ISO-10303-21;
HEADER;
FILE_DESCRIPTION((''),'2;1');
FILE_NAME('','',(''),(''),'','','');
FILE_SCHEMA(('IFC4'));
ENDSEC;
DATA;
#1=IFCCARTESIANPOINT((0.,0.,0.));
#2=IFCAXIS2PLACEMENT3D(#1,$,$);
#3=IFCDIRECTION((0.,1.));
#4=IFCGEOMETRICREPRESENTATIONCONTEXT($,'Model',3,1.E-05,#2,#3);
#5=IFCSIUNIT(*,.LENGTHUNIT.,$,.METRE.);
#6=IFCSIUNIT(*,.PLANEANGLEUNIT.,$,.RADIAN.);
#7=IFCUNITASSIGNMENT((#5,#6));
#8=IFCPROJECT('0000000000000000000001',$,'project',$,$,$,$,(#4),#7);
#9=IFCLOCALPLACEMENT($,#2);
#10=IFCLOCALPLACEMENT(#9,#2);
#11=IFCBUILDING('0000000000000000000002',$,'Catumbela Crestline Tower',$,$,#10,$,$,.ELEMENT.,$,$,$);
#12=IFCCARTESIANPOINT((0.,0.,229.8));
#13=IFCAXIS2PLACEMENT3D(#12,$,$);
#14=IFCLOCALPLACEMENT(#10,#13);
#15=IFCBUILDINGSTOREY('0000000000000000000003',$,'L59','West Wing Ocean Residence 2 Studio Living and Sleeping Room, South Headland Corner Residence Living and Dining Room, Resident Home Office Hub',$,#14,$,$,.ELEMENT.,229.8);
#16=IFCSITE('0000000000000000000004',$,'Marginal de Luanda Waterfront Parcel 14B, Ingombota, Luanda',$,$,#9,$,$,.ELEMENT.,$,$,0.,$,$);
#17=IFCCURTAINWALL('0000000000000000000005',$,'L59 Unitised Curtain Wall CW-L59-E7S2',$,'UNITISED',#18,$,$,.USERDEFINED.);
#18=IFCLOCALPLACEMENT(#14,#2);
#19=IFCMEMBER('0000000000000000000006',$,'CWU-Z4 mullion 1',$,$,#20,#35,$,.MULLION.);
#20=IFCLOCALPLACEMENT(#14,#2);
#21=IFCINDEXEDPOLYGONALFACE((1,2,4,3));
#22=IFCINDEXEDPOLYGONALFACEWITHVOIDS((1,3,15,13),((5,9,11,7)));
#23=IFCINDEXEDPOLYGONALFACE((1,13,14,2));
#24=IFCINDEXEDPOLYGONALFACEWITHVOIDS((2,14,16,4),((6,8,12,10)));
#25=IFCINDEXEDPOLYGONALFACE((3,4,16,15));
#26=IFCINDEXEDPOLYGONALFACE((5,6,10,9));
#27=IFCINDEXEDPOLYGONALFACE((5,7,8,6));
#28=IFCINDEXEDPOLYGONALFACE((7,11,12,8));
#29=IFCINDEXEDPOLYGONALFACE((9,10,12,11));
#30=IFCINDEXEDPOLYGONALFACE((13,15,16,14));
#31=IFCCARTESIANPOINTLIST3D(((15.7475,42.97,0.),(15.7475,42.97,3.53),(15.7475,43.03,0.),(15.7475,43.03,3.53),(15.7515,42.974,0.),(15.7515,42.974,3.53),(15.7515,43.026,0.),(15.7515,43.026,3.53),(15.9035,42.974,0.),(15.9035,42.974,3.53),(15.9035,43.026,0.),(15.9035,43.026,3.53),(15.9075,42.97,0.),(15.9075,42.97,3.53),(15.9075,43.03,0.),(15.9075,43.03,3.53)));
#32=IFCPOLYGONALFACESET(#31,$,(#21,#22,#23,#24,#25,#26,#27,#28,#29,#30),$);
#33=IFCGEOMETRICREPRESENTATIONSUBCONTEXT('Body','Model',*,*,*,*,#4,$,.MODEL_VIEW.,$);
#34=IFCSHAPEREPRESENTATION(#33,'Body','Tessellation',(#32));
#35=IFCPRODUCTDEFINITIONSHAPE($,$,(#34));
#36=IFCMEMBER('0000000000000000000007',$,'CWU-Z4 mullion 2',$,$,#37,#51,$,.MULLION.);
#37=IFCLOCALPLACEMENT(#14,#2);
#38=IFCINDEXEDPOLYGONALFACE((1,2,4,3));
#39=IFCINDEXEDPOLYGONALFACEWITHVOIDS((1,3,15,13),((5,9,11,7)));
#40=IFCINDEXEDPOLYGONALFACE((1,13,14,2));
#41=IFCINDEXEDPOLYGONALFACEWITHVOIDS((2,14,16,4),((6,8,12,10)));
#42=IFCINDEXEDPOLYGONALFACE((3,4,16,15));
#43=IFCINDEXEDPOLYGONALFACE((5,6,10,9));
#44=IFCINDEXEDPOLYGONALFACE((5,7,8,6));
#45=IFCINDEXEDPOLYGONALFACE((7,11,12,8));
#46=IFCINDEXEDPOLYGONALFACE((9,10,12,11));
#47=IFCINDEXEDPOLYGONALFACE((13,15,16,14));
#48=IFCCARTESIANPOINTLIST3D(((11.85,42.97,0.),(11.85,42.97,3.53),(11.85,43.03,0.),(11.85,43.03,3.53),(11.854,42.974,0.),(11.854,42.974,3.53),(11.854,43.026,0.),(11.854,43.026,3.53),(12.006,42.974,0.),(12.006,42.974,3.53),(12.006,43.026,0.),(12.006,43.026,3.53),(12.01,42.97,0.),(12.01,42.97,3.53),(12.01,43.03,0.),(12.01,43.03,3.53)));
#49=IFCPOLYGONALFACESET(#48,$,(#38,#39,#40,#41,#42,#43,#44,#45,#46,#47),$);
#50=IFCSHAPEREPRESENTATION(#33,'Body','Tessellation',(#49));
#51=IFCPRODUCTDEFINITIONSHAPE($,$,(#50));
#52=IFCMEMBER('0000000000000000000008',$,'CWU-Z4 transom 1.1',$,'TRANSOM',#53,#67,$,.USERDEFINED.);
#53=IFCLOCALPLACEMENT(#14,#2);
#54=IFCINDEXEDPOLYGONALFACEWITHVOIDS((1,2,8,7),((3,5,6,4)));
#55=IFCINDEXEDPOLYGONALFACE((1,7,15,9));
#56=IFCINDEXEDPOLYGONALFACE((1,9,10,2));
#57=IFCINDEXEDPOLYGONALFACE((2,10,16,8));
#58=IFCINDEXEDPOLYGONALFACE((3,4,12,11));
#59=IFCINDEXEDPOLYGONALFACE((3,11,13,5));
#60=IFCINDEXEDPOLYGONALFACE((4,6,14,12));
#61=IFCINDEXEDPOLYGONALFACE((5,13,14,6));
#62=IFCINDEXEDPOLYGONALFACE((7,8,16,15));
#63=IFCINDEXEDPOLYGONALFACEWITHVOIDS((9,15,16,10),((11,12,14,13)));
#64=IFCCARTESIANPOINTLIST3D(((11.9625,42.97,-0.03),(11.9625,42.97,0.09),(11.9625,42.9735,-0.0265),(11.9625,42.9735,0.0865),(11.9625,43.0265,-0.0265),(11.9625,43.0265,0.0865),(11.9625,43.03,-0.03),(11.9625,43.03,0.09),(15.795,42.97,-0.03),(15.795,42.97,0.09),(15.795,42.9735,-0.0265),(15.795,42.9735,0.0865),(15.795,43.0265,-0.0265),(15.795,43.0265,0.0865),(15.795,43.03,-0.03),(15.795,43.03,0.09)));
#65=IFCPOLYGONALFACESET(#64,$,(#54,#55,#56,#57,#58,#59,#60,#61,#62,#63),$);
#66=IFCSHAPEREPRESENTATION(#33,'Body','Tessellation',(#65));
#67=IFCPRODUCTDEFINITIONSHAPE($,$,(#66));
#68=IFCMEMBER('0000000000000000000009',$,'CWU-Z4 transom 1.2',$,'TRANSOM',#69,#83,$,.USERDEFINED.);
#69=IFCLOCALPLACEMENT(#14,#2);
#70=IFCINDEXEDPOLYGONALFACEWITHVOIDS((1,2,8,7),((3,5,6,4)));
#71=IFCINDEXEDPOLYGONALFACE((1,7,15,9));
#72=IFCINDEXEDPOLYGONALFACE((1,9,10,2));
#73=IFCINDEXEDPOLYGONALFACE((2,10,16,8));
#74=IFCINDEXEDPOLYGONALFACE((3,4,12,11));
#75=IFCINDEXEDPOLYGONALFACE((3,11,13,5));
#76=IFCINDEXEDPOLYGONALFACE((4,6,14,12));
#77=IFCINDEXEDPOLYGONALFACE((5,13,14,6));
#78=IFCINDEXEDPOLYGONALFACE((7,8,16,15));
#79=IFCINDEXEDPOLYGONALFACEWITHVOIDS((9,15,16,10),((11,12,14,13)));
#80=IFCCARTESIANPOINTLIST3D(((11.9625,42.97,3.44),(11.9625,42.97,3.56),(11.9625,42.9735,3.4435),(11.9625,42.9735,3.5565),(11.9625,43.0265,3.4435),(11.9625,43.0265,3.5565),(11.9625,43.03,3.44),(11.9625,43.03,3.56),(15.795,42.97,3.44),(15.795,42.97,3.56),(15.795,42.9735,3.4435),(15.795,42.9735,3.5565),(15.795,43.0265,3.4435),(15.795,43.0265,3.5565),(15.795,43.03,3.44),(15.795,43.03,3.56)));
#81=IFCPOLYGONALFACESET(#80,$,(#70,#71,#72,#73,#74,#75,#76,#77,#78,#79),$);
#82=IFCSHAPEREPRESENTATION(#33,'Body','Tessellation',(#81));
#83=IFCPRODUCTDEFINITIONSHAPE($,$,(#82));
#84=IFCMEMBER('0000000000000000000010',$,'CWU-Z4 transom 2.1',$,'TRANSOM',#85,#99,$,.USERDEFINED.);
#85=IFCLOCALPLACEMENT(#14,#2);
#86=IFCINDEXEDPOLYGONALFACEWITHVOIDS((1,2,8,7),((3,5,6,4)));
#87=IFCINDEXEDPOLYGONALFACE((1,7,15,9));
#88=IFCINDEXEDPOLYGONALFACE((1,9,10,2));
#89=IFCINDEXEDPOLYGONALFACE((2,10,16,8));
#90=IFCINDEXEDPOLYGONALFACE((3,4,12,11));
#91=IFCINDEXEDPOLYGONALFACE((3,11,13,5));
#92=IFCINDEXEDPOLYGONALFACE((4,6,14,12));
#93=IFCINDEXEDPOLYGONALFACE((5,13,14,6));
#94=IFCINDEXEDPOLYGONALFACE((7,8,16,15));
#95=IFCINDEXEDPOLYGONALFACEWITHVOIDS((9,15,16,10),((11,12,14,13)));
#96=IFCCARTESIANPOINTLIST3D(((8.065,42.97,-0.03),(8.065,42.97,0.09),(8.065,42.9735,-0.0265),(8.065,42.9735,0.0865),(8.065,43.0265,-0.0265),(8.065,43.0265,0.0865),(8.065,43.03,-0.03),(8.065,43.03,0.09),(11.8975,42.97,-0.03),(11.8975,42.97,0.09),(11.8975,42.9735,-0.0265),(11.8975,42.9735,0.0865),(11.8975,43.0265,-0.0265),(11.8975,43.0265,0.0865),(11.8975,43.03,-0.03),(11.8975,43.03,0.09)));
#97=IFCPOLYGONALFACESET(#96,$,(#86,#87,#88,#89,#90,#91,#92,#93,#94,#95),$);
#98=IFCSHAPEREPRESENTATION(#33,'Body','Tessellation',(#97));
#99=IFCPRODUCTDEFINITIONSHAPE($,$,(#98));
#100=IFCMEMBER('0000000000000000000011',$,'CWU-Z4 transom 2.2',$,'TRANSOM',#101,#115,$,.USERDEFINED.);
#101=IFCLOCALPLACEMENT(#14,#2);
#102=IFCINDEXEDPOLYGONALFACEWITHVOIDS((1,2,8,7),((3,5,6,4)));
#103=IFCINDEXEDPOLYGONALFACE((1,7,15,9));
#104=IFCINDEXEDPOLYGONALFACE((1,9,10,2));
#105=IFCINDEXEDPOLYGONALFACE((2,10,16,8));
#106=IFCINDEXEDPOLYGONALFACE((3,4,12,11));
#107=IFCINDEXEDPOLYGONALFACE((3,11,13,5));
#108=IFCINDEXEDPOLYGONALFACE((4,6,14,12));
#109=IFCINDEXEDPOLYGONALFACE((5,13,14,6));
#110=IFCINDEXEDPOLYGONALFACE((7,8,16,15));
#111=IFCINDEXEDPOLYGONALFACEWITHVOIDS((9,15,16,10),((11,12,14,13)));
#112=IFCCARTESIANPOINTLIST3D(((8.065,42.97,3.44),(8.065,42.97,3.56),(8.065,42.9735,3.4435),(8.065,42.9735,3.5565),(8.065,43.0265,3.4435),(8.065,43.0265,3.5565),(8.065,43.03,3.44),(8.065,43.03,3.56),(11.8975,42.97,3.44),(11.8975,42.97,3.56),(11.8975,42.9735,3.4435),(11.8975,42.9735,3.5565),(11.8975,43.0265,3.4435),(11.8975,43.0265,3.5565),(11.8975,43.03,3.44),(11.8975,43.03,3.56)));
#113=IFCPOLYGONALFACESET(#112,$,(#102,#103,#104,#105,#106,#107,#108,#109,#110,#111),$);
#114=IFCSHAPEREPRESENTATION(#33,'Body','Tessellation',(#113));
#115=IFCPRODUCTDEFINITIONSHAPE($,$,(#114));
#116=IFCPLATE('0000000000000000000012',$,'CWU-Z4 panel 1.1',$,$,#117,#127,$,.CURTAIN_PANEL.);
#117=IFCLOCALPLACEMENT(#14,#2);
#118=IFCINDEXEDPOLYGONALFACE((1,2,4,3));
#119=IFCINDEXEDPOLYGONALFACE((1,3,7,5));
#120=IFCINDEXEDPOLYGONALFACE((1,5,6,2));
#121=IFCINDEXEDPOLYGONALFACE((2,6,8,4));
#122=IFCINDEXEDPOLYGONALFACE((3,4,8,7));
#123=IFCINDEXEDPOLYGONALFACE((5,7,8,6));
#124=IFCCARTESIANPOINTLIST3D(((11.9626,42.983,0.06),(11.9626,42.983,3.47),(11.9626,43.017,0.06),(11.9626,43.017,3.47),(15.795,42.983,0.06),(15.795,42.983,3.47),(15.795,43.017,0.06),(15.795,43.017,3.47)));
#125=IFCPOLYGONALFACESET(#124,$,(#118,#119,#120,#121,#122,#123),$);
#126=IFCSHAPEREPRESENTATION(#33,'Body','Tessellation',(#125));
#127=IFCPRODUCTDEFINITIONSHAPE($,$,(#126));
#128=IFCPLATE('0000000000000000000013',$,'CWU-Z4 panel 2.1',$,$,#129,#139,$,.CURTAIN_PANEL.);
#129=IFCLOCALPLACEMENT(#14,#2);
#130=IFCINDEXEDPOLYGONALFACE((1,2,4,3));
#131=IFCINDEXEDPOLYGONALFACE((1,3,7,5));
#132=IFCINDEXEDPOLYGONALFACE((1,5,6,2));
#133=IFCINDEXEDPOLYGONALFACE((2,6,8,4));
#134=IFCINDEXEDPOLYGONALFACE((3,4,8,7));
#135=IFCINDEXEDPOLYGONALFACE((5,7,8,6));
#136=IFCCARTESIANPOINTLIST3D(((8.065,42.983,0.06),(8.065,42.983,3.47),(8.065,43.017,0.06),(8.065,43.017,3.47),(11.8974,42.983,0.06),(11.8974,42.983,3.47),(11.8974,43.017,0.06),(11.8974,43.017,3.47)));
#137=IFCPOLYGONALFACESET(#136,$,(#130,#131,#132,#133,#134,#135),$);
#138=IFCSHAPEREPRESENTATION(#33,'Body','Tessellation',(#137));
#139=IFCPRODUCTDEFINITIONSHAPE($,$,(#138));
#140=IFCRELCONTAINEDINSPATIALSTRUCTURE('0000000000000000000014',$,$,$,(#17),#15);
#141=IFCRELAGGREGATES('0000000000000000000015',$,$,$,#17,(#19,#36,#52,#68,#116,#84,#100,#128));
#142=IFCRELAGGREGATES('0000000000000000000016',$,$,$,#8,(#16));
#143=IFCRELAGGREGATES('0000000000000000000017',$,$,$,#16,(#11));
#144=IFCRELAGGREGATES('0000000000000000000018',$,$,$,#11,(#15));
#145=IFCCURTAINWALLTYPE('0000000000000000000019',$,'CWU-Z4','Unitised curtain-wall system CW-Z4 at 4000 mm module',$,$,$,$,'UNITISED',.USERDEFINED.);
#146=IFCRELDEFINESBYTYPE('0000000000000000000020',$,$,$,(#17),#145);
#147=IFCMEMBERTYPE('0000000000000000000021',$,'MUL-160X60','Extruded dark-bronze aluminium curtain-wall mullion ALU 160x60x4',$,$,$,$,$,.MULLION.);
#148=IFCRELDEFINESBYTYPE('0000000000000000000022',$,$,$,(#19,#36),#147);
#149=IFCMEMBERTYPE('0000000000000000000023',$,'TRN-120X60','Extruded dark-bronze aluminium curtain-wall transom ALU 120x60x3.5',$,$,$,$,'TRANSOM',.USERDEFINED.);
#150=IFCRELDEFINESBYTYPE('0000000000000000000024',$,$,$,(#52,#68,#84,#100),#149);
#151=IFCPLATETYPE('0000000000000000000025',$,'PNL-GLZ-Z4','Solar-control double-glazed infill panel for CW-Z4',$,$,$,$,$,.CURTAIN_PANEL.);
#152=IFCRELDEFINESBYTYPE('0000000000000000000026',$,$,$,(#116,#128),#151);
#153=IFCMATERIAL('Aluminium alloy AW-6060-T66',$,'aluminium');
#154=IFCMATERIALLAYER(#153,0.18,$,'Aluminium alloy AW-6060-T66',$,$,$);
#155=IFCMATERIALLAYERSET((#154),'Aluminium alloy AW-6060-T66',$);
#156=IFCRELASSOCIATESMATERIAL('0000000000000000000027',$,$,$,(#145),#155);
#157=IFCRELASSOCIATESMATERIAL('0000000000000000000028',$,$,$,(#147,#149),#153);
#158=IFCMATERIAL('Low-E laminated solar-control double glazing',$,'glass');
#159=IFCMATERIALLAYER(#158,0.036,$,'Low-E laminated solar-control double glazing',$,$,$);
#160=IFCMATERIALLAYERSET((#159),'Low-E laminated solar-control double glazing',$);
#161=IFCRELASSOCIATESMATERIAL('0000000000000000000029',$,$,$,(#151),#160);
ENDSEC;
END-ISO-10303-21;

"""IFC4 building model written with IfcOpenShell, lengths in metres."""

from ifc_helpers import new_model, si_unit, direction, frame, origin, origin_2d, place, context, subcontext, project, spatial, rectangle, hollow_rectangle, extrude, material, layer, layer_set, material_profile, profile_set, type_object, element, aggregate, save


model = new_model("IFC4")

# Units and contexts
model_context = context("Model", 3, precision=1e-05, world=origin(), true_north=direction((0.0, 1.0)))
body_context = subcontext(model_context, "Body", "Model", "MODEL_VIEW")
ifc_project = project(units=[si_unit("LENGTHUNIT", "METRE"), si_unit("PLANEANGLEUNIT", "RADIAN")], contexts=[model_context])

# Site, building, storey
site_placement = place(None, origin())
site = spatial("IfcSite", under=ifc_project, at=site_placement, Name="Marginal de Luanda Waterfront Parcel 14B, Ingombota, Luanda", CompositionType="ELEMENT", RefElevation=0.0)
building_placement = place(site_placement, origin())
building = spatial("IfcBuilding", under=site, at=building_placement, Name="Catumbela Crestline Tower", CompositionType="ELEMENT")
storey_placement = place(building_placement, frame((0.0, 0.0, 229.8)))
storey = spatial("IfcBuildingStorey", under=building, at=storey_placement, Name="L59", Description="West Wing Ocean Residence 2 Studio Living and Sleeping Room, South Headland Corner Residence Living and Dining Room, Resident Home Office Hub", CompositionType="ELEMENT", Elevation=229.8)

# Curtain wall, members, plates
ifc_material_1 = material(Name="Aluminium alloy AW-6060-T66", Category="aluminium")
ifc_layer_1 = layer(ifc_material_1, 0.18, Name="Aluminium alloy AW-6060-T66")
ifc_layer_set_1 = layer_set([ifc_layer_1], Name="Aluminium alloy AW-6060-T66")
curtain_wall_type = type_object("IfcCurtainWallType", Name="CWU-Z4", Description="Unitised curtain-wall system CW-Z4 at 4000 mm module", ElementType="UNITISED", PredefinedType="USERDEFINED", material=ifc_layer_set_1)
curtain_wall_placement = place(storey_placement, origin())
curtain_wall = element("IfcCurtainWall", 1, at=curtain_wall_placement, inside=storey, type_object=curtain_wall_type, Name="L59 Unitised Curtain Wall CW-L59-E7S2", ObjectType="UNITISED", PredefinedType="USERDEFINED")
ifc_material_profile_1 = material_profile(ifc_material_1, hollow_rectangle(XDim=0.06, YDim=0.16, WallThickness=0.004, at=origin_2d()), Name="ALU 160x60x4")
ifc_profile_set_1 = profile_set([ifc_material_profile_1], Name="Aluminium alloy AW-6060-T66")
member_type_1 = type_object("IfcMemberType", Name="MUL-160X60", Description="Extruded dark-bronze aluminium curtain-wall mullion ALU 160x60x4", PredefinedType="MULLION", material=ifc_profile_set_1)
member_1_placement = place(storey_placement, frame((15.8275, 43.0, 0.0), z_axis=(0.0, 0.0, 1.0), x_axis=(0.0, -1.0, 0.0)))
member_1 = element("IfcMember", 2, at=member_1_placement, type_object=member_type_1, Name="CWU-Z4 mullion 1", PredefinedType="MULLION", context=body_context, shape_type="SweptSolid", body=[
    extrude(hollow_rectangle(XDim=0.06, YDim=0.16, WallThickness=0.004, at=origin_2d()), origin(), (0.0, 0.0, 1.0), 3.53),
])
member_2_placement = place(storey_placement, frame((11.93, 43.0, 0.0), z_axis=(0.0, 0.0, 1.0), x_axis=(0.0, -1.0, 0.0)))
member_2 = element("IfcMember", 3, at=member_2_placement, type_object=member_type_1, Name="CWU-Z4 mullion 2", PredefinedType="MULLION", context=body_context, shape_type="SweptSolid", body=[
    extrude(hollow_rectangle(XDim=0.06, YDim=0.16, WallThickness=0.004, at=origin_2d()), origin(), (0.0, 0.0, 1.0), 3.53),
])
ifc_material_profile_2 = material_profile(ifc_material_1, hollow_rectangle(XDim=0.06, YDim=0.12, WallThickness=0.0035, at=origin_2d()), Name="ALU 120x60x3.5")
ifc_profile_set_2 = profile_set([ifc_material_profile_2], Name="Aluminium alloy AW-6060-T66")
member_type_2 = type_object("IfcMemberType", Name="TRN-120X60", Description="Extruded dark-bronze aluminium curtain-wall transom ALU 120x60x3.5", ElementType="TRANSOM", PredefinedType="USERDEFINED", material=ifc_profile_set_2)
member_3_placement = place(storey_placement, frame((15.795, 43.0, 0.03), z_axis=(-1.0, 0.0, 0.0), x_axis=(0.0, -1.0, 0.0)))
member_3 = element("IfcMember", 4, at=member_3_placement, type_object=member_type_2, Name="CWU-Z4 transom 1.1", ObjectType="TRANSOM", PredefinedType="USERDEFINED", context=body_context, shape_type="SweptSolid", body=[
    extrude(hollow_rectangle(XDim=0.06, YDim=0.12, WallThickness=0.0035, at=origin_2d()), origin(), (0.0, 0.0, 1.0), 3.8325),
])
member_4_placement = place(storey_placement, frame((15.795, 43.0, 3.5), z_axis=(-1.0, 0.0, 0.0), x_axis=(0.0, -1.0, 0.0)))
member_4 = element("IfcMember", 5, at=member_4_placement, type_object=member_type_2, Name="CWU-Z4 transom 1.2", ObjectType="TRANSOM", PredefinedType="USERDEFINED", context=body_context, shape_type="SweptSolid", body=[
    extrude(hollow_rectangle(XDim=0.06, YDim=0.12, WallThickness=0.0035, at=origin_2d()), origin(), (0.0, 0.0, 1.0), 3.8325),
])
member_5_placement = place(storey_placement, frame((11.8975, 43.0, 0.03), z_axis=(-1.0, 0.0, 0.0), x_axis=(0.0, -1.0, 0.0)))
member_5 = element("IfcMember", 6, at=member_5_placement, type_object=member_type_2, Name="CWU-Z4 transom 2.1", ObjectType="TRANSOM", PredefinedType="USERDEFINED", context=body_context, shape_type="SweptSolid", body=[
    extrude(hollow_rectangle(XDim=0.06, YDim=0.12, WallThickness=0.0035, at=origin_2d()), origin(), (0.0, 0.0, 1.0), 3.8325),
])
member_6_placement = place(storey_placement, frame((11.8975, 43.0, 3.5), z_axis=(-1.0, 0.0, 0.0), x_axis=(0.0, -1.0, 0.0)))
member_6 = element("IfcMember", 7, at=member_6_placement, type_object=member_type_2, Name="CWU-Z4 transom 2.2", ObjectType="TRANSOM", PredefinedType="USERDEFINED", context=body_context, shape_type="SweptSolid", body=[
    extrude(hollow_rectangle(XDim=0.06, YDim=0.12, WallThickness=0.0035, at=origin_2d()), origin(), (0.0, 0.0, 1.0), 3.8325),
])
ifc_material_2 = material(Name="Low-E laminated solar-control double glazing", Category="glass")
ifc_layer_2 = layer(ifc_material_2, 0.036, Name="Low-E laminated solar-control double glazing")
ifc_layer_set_2 = layer_set([ifc_layer_2], Name="Low-E laminated solar-control double glazing")
plate_type = type_object("IfcPlateType", Name="PNL-GLZ-Z4", Description="Solar-control double-glazed infill panel for CW-Z4", PredefinedType="CURTAIN_PANEL", material=ifc_layer_set_2)
plate_1_placement = place(storey_placement, frame((13.8788, 43.0, 0.06), z_axis=(0.0, 0.0, 1.0), x_axis=(-1.0, 0.0, 0.0)))
plate_1 = element("IfcPlate", 8, at=plate_1_placement, type_object=plate_type, Name="CWU-Z4 panel 1.1", PredefinedType="CURTAIN_PANEL", context=body_context, shape_type="SweptSolid", body=[
    extrude(rectangle(XDim=3.8325, YDim=0.034, at=origin_2d()), origin(), (0.0, 0.0, 1.0), 3.41),
])
plate_2_placement = place(storey_placement, frame((9.9812, 43.0, 0.06), z_axis=(0.0, 0.0, 1.0), x_axis=(-1.0, 0.0, 0.0)))
plate_2 = element("IfcPlate", 9, at=plate_2_placement, type_object=plate_type, Name="CWU-Z4 panel 2.1", PredefinedType="CURTAIN_PANEL", context=body_context, shape_type="SweptSolid", body=[
    extrude(rectangle(XDim=3.8325, YDim=0.034, at=origin_2d()), origin(), (0.0, 0.0, 1.0), 3.41),
])
aggregate(curtain_wall, [member_1, member_2, member_3, member_4, plate_1, member_5, member_6, plate_2])

save(model, "model.ifc")
